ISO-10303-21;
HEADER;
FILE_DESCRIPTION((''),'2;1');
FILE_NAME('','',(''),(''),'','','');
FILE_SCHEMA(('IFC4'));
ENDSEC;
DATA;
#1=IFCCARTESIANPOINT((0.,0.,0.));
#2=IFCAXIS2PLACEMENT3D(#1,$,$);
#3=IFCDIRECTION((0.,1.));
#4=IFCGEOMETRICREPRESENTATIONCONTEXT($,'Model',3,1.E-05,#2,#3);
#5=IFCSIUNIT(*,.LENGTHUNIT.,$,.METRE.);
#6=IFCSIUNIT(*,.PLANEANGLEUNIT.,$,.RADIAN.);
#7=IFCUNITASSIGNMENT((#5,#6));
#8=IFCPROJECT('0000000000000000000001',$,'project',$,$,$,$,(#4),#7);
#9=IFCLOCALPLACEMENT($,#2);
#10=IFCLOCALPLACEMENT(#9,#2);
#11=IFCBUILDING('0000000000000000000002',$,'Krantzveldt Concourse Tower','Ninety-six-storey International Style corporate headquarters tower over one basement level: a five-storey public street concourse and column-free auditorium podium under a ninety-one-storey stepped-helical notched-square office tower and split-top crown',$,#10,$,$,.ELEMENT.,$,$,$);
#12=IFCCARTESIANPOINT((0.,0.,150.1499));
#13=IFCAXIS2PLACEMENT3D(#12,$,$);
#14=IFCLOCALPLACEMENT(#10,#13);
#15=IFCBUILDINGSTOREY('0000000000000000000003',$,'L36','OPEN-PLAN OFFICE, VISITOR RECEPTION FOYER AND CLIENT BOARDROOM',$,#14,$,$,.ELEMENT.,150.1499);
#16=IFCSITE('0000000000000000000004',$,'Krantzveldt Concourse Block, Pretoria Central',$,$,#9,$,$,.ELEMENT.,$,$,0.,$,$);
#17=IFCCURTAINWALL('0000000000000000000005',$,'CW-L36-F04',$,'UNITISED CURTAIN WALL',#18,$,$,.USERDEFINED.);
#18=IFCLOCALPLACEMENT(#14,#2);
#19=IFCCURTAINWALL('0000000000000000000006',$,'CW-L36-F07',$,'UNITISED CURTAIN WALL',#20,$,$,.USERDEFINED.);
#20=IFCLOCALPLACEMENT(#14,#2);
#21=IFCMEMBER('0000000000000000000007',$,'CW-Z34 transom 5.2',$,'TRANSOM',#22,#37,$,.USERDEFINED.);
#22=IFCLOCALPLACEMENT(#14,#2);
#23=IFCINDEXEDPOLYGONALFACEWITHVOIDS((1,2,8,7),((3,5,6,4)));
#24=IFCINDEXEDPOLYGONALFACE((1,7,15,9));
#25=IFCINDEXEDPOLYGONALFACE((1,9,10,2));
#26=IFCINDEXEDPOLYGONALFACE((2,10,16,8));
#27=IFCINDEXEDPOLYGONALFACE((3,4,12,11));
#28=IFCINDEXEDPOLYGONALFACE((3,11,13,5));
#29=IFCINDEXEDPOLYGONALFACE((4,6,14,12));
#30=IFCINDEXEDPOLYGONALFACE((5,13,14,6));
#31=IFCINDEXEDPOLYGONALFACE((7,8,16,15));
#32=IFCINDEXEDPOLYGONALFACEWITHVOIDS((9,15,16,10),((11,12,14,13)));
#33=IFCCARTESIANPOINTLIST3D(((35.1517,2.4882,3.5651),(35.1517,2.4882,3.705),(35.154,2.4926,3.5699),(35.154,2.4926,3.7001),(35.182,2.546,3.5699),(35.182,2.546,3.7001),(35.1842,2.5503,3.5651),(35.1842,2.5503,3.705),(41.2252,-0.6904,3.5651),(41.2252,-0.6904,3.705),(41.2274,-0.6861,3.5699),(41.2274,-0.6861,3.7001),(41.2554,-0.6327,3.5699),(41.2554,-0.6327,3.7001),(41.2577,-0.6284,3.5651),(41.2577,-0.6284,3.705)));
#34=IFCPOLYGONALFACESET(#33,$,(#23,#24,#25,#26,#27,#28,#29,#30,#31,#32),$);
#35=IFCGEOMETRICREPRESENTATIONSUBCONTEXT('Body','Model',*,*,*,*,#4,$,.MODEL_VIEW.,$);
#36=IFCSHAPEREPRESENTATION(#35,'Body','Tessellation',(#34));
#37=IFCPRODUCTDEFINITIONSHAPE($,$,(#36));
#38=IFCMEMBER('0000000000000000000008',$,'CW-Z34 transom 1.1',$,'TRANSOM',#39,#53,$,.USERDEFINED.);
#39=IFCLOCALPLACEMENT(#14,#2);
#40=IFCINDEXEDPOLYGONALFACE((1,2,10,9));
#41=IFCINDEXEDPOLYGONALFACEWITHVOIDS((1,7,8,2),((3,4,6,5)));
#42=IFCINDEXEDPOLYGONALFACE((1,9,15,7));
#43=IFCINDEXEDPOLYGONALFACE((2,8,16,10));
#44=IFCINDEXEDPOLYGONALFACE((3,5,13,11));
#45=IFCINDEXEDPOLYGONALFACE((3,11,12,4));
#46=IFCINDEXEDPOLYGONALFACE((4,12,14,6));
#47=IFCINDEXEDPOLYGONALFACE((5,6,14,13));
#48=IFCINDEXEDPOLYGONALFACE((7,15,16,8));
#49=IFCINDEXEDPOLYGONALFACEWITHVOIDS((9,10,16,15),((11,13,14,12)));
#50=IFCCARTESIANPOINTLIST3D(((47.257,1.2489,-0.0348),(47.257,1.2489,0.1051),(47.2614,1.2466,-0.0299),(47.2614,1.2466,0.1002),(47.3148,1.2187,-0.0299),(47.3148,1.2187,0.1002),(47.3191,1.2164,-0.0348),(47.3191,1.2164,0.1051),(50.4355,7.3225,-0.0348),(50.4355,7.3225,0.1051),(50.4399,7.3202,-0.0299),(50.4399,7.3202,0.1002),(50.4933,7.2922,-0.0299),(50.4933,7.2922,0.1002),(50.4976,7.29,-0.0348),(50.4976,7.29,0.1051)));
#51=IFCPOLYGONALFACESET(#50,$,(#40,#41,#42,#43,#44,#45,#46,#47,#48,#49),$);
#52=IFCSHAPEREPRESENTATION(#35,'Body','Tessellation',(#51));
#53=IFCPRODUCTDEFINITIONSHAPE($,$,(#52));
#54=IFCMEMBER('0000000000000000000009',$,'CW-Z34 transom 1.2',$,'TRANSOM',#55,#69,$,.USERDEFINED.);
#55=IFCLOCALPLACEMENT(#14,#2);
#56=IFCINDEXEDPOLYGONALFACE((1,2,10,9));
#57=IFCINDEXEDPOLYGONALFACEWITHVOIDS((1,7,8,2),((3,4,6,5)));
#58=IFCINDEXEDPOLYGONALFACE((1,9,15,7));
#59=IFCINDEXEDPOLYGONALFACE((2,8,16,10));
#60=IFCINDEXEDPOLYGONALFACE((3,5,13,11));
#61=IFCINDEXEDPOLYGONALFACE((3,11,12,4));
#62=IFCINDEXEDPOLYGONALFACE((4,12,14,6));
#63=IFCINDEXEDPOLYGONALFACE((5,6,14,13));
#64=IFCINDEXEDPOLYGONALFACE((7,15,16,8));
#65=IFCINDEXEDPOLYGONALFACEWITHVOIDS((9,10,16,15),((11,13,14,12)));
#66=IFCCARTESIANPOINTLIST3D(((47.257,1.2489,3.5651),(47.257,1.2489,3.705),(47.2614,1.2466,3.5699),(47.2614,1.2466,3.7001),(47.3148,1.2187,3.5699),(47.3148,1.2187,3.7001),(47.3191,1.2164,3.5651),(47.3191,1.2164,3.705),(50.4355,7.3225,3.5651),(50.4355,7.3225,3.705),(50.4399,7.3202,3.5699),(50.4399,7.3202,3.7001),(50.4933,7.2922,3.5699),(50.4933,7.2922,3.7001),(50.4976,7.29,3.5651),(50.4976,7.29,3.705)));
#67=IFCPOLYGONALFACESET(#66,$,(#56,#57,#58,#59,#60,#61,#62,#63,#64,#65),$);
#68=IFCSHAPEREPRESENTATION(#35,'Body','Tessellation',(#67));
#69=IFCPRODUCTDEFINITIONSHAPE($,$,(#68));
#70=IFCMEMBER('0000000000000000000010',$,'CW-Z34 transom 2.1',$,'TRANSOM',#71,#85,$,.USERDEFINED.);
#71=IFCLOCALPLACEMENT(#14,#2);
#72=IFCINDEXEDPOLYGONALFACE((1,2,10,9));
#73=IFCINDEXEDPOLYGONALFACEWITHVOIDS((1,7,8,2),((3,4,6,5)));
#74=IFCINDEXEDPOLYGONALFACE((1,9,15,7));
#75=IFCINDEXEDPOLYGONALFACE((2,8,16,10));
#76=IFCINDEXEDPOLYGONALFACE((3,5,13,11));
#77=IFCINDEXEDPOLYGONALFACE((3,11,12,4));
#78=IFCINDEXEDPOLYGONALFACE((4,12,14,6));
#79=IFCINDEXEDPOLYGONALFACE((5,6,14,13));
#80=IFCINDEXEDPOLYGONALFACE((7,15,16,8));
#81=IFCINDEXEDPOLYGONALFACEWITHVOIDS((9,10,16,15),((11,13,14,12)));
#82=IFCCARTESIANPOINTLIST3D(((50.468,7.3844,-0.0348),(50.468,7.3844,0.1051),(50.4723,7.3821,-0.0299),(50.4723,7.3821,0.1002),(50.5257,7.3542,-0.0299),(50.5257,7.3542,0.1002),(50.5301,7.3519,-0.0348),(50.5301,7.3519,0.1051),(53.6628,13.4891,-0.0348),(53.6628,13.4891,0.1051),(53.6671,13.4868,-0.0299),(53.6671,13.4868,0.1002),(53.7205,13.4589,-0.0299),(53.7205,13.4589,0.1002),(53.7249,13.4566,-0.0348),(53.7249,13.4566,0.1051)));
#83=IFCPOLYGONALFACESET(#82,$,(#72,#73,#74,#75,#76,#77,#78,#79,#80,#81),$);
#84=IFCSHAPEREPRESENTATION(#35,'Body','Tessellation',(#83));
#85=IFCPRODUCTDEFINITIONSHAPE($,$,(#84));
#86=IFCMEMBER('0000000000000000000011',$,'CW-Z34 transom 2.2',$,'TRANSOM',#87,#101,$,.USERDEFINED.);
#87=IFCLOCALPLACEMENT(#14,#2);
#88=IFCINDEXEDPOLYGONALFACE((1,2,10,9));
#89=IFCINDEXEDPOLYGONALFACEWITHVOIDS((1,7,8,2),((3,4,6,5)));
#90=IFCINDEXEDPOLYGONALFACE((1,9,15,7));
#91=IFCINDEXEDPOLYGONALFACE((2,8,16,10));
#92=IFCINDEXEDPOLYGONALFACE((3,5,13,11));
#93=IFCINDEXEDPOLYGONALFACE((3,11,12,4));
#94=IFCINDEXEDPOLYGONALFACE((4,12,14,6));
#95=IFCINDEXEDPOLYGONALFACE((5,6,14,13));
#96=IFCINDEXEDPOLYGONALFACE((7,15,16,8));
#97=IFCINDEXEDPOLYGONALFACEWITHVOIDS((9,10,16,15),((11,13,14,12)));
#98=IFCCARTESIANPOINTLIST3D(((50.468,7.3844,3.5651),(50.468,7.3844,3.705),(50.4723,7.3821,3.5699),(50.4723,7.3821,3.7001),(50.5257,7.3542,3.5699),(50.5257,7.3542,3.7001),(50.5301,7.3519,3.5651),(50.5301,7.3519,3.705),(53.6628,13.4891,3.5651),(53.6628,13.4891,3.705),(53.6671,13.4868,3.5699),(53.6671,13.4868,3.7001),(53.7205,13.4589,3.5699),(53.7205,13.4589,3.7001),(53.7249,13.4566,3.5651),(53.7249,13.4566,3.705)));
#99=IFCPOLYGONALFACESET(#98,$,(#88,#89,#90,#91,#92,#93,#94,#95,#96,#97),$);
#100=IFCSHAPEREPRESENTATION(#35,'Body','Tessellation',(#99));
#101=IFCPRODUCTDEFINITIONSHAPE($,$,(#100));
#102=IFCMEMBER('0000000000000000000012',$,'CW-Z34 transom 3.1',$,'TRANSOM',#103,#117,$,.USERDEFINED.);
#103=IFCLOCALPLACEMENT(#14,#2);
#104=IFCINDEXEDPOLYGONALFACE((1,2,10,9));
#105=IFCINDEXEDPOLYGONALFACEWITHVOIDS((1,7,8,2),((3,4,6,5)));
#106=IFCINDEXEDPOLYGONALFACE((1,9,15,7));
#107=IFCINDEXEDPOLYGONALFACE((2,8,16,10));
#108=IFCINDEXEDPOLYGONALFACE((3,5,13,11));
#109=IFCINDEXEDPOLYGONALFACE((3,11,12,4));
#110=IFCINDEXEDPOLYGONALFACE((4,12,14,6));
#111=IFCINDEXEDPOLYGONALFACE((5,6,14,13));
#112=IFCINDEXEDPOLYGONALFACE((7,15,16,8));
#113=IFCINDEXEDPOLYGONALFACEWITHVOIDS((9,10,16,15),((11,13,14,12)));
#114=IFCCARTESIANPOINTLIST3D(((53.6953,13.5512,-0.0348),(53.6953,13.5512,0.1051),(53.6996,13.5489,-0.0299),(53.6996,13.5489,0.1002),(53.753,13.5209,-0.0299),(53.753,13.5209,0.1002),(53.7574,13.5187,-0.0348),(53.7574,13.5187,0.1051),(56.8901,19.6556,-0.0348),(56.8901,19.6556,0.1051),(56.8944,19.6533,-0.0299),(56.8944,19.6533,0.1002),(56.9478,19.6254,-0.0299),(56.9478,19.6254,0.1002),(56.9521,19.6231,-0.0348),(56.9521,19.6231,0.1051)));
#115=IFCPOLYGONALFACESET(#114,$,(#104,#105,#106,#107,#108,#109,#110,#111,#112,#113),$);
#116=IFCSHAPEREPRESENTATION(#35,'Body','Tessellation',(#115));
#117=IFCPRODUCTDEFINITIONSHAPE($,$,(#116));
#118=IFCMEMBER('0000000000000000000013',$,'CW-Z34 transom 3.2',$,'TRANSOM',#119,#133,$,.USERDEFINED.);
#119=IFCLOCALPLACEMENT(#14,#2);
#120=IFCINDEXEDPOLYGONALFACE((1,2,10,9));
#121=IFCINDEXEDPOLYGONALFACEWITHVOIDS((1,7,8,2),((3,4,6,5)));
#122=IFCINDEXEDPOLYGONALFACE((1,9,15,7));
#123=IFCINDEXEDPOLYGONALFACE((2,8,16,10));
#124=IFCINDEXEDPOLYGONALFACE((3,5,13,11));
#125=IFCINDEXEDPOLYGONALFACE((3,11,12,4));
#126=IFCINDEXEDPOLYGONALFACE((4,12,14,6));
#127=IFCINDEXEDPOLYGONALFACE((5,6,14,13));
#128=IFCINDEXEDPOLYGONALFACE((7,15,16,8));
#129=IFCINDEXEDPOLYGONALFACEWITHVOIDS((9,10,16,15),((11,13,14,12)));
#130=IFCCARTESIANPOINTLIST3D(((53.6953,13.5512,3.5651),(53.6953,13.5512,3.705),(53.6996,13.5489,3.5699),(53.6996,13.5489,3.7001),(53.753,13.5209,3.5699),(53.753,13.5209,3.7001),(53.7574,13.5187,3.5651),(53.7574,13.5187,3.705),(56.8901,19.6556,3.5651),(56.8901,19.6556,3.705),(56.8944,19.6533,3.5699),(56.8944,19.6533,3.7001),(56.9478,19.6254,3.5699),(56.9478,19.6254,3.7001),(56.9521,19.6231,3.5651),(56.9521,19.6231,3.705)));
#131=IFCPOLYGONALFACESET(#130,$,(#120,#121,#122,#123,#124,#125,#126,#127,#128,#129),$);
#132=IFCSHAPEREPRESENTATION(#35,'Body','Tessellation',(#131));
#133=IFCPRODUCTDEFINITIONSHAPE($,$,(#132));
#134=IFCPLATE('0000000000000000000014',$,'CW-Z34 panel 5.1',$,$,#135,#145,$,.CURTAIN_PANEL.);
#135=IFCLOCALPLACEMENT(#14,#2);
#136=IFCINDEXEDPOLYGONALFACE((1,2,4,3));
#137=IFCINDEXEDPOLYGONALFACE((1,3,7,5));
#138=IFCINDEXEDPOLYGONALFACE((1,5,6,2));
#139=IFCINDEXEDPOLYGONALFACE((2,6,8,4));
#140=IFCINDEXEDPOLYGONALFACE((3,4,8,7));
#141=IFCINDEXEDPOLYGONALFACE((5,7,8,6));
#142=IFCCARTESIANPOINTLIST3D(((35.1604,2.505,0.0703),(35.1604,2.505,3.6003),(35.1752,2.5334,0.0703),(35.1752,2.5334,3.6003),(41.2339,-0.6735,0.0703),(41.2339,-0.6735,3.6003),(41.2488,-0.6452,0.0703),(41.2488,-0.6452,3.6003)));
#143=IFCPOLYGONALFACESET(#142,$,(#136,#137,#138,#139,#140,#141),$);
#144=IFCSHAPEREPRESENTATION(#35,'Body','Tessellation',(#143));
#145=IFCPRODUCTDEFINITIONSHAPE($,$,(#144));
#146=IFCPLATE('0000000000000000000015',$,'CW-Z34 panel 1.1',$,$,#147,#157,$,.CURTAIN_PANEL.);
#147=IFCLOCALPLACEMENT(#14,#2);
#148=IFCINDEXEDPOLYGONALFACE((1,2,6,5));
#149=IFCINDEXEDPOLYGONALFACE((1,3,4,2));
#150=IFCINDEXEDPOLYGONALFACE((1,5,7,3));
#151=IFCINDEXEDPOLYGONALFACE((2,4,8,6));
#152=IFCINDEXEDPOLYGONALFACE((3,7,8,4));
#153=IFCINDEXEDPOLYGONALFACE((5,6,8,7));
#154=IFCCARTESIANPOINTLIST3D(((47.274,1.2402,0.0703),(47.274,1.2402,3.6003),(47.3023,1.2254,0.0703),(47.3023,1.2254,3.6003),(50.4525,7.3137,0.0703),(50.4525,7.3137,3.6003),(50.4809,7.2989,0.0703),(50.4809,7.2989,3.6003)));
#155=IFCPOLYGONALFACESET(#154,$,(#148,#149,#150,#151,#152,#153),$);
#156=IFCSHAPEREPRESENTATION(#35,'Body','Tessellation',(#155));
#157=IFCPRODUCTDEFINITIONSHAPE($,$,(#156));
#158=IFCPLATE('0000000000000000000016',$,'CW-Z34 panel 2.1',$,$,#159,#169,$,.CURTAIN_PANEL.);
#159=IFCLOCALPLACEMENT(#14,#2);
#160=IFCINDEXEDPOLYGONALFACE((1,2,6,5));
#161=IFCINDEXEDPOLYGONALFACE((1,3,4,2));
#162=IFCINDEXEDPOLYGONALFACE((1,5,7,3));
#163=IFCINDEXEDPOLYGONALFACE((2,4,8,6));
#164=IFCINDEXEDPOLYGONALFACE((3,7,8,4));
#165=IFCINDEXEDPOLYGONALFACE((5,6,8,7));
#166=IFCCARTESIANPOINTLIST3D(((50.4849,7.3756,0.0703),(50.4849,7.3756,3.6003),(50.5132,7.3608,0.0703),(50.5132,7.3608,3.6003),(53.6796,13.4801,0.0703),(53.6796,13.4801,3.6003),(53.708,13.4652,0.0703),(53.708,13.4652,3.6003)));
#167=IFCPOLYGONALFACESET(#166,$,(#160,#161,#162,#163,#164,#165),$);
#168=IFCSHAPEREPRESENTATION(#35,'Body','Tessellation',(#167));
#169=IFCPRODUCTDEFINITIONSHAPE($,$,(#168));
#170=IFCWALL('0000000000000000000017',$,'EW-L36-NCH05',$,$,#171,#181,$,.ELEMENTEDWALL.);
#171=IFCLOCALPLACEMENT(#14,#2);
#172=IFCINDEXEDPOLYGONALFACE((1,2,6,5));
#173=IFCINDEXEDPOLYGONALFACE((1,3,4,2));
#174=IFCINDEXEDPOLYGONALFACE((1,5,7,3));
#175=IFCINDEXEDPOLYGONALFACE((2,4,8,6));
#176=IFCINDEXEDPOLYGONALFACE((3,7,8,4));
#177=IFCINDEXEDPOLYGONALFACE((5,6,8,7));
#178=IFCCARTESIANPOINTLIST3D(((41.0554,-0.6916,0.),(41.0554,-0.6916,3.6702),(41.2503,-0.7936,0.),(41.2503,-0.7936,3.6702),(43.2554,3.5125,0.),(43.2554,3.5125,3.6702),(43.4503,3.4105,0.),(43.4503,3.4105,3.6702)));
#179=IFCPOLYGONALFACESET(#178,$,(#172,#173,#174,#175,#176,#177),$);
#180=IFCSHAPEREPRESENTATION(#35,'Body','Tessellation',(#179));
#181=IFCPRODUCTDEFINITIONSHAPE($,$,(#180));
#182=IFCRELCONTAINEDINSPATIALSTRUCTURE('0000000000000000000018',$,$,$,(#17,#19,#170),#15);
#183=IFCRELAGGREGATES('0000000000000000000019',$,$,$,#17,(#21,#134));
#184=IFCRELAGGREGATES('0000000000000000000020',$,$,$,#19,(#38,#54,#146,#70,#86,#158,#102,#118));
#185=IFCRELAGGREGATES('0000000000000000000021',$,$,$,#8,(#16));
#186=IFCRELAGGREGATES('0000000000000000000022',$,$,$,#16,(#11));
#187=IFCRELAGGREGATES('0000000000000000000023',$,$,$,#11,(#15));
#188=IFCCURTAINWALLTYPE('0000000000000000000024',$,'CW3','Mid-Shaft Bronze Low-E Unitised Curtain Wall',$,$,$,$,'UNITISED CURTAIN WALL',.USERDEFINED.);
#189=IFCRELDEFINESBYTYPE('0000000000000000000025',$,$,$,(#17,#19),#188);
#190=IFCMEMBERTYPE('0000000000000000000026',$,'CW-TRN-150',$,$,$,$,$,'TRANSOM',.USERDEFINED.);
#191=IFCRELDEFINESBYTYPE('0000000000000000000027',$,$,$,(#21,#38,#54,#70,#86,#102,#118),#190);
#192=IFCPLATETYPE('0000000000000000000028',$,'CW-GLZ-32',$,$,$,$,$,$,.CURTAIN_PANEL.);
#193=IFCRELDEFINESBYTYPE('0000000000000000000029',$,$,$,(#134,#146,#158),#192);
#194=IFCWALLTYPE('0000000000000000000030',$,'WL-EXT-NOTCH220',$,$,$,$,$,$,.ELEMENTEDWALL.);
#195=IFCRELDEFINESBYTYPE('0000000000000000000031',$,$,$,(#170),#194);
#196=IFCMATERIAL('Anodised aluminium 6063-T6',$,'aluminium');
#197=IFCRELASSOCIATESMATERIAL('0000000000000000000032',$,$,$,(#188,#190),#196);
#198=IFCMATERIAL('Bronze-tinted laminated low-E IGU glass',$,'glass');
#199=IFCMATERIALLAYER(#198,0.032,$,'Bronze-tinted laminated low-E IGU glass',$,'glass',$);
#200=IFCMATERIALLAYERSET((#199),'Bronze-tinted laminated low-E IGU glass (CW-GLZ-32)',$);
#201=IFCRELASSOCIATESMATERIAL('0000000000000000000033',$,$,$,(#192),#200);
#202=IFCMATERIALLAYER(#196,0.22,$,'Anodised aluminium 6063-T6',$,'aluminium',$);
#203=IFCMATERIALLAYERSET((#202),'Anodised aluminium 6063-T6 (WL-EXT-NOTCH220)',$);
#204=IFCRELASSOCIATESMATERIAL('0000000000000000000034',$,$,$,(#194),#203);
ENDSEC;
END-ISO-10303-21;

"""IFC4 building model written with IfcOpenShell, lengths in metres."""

from ifc_helpers import new_model, si_unit, direction, frame, frame_2d, origin, origin_2d, place, context, subcontext, project, spatial, rectangle, hollow_rectangle, extrude, source, transform, mapped, material, layer, layer_set, material_profile, profile_set, type_object, type_shapes, element, aggregate, save


model = new_model("IFC4")

# Units and contexts
model_context = context("Model", 3, precision=1e-05, world=origin(), true_north=direction((0.0, 1.0)))
body_context = subcontext(model_context, "Body", "Model", "MODEL_VIEW")
ifc_project = project(units=[si_unit("LENGTHUNIT", "METRE"), si_unit("PLANEANGLEUNIT", "RADIAN")], contexts=[model_context])

# Site, building, storey
site_placement = place(None, origin())
site = spatial("IfcSite", under=ifc_project, at=site_placement, Name="Krantzveldt Concourse Block, Pretoria Central", CompositionType="ELEMENT", RefElevation=0.0)
building_placement = place(site_placement, origin())
building = spatial("IfcBuilding", under=site, at=building_placement, Name="Krantzveldt Concourse Tower", Description="Ninety-six-storey International Style corporate headquarters tower over one basement level: a five-storey public street concourse and column-free auditorium podium under a ninety-one-storey stepped-helical notched-square office tower and split-top crown", CompositionType="ELEMENT")
storey_placement = place(building_placement, frame((0.0, 0.0, 150.1499)))
storey = spatial("IfcBuildingStorey", under=building, at=storey_placement, Name="L36", Description="OPEN-PLAN OFFICE, VISITOR RECEPTION FOYER AND CLIENT BOARDROOM", CompositionType="ELEMENT", Elevation=150.1499)

# Curtain wall
ifc_material_1 = material(Name="Anodised aluminium 6063-T6", Category="aluminium")
curtain_wall_type = type_object("IfcCurtainWallType", Name="CW3", Description="Mid-Shaft Bronze Low-E Unitised Curtain Wall", ElementType="UNITISED CURTAIN WALL", PredefinedType="USERDEFINED", material=ifc_material_1)
curtain_wall_1_placement = place(storey_placement, origin())
curtain_wall_1 = element("IfcCurtainWall", 1, at=curtain_wall_1_placement, inside=storey, type_object=curtain_wall_type, Name="CW-L36-F04", ObjectType="UNITISED CURTAIN WALL", PredefinedType="USERDEFINED")

# Curtain wall
curtain_wall_2_placement = place(storey_placement, origin())
curtain_wall_2 = element("IfcCurtainWall", 2, at=curtain_wall_2_placement, inside=storey, type_object=curtain_wall_type, Name="CW-L36-F07", ObjectType="UNITISED CURTAIN WALL", PredefinedType="USERDEFINED")

# Members
ifc_material_profile_1 = material_profile(ifc_material_1, hollow_rectangle(XDim=0.0701, YDim=0.1399, WallThickness=0.0049, at=origin_2d()), Name="Anodised aluminium 6063-T6", Category="aluminium")
ifc_profile_set_1 = profile_set([ifc_material_profile_1], Name="Anodised aluminium 6063-T6 - ALU-TRAN 140x70x5")
member_type_1 = type_object("IfcMemberType", Name="CW-TRN-150", ElementType="TRANSOM", PredefinedType="USERDEFINED", material=ifc_profile_set_1)
shared_shape_1 = source(origin(), body_context, "Body", "SweptSolid", [
    extrude(hollow_rectangle(XDim=0.0701, YDim=0.1399, WallThickness=0.0049, at=origin_2d()), origin(), (0.0, 0.0, 1.0), 6.855),
])
member_1_placement = place(storey_placement, frame((35.168, 2.5193, 3.635), z_axis=(0.88599, -0.463705, 0.0), x_axis=(0.463705, 0.88599, 0.0)))
member_1 = element("IfcMember", 3, at=member_1_placement, type_object=member_type_1, Name="CW-Z34 transom 5.2", ObjectType="TRANSOM", PredefinedType="USERDEFINED", context=body_context, shape_type="MappedRepresentation", body=[
    mapped(shared_shape_1, transform((0.0, 0.0, 0.0), x_axis=(1.0, 0.0, 0.0), y_axis=(0.0, 1.0, 0.0), z_axis=(0.0, 0.0, 1.0), scale=1.0)),
])
member_2_placement = place(storey_placement, frame((47.2881, 1.2327, 0.0352), z_axis=(0.463677, 0.886004, 0.0), x_axis=(-0.886004, 0.463677, 0.0)))
member_2 = element("IfcMember", 4, at=member_2_placement, type_object=member_type_1, Name="CW-Z34 transom 1.1", ObjectType="TRANSOM", PredefinedType="USERDEFINED", context=body_context, shape_type="MappedRepresentation", body=[
    mapped(shared_shape_1, transform((0.0, 0.0, 0.0), x_axis=(1.0, 0.0, 0.0), y_axis=(0.0, 1.0, 0.0), z_axis=(0.0, 0.0, 1.0), scale=1.0)),
])
member_3_placement = place(storey_placement, frame((47.2881, 1.2327, 3.635), z_axis=(0.463677, 0.886004, 0.0), x_axis=(-0.886004, 0.463677, 0.0)))
member_3 = element("IfcMember", 5, at=member_3_placement, type_object=member_type_1, Name="CW-Z34 transom 1.2", ObjectType="TRANSOM", PredefinedType="USERDEFINED", context=body_context, shape_type="MappedRepresentation", body=[
    mapped(shared_shape_1, transform((0.0, 0.0, 0.0), x_axis=(1.0, 0.0, 0.0), y_axis=(0.0, 1.0, 0.0), z_axis=(0.0, 0.0, 1.0), scale=1.0)),
])
shared_shape_2 = source(origin(), body_context, "Body", "SweptSolid", [
    extrude(hollow_rectangle(XDim=0.0701, YDim=0.1399, WallThickness=0.0049, at=origin_2d()), origin(), (0.0, 0.0, 1.0), 6.8901),
])
member_4_placement = place(storey_placement, frame((50.499, 7.3682, 0.0352), z_axis=(0.463677, 0.886004, 0.0), x_axis=(-0.886004, 0.463677, 0.0)))
member_4 = element("IfcMember", 6, at=member_4_placement, type_object=member_type_1, Name="CW-Z34 transom 2.1", ObjectType="TRANSOM", PredefinedType="USERDEFINED", context=body_context, shape_type="MappedRepresentation", body=[
    mapped(shared_shape_2, transform((0.0, 0.0, 0.0), x_axis=(1.0, 0.0, 0.0), y_axis=(0.0, 1.0, 0.0), z_axis=(0.0, 0.0, 1.0), scale=1.0)),
])
member_5_placement = place(storey_placement, frame((50.499, 7.3682, 3.635), z_axis=(0.463677, 0.886004, 0.0), x_axis=(-0.886004, 0.463677, 0.0)))
member_5 = element("IfcMember", 7, at=member_5_placement, type_object=member_type_1, Name="CW-Z34 transom 2.2", ObjectType="TRANSOM", PredefinedType="USERDEFINED", context=body_context, shape_type="MappedRepresentation", body=[
    mapped(shared_shape_2, transform((0.0, 0.0, 0.0), x_axis=(1.0, 0.0, 0.0), y_axis=(0.0, 1.0, 0.0), z_axis=(0.0, 0.0, 1.0), scale=1.0)),
])
shared_shape_3 = source(origin(), body_context, "Body", "SweptSolid", [
    extrude(hollow_rectangle(XDim=0.0701, YDim=0.1399, WallThickness=0.0049, at=origin_2d()), origin(), (0.0, 0.0, 1.0), 6.8899),
])
type_shapes(member_type_1, [shared_shape_1, shared_shape_2, shared_shape_3])
member_6_placement = place(storey_placement, frame((53.7263, 13.5349, 0.0352), z_axis=(0.463692, 0.885997, 0.0), x_axis=(-0.885997, 0.463692, 0.0)))
member_6 = element("IfcMember", 8, at=member_6_placement, type_object=member_type_1, Name="CW-Z34 transom 3.1", ObjectType="TRANSOM", PredefinedType="USERDEFINED", context=body_context, shape_type="MappedRepresentation", body=[
    mapped(shared_shape_3, transform((0.0, 0.0, 0.0), x_axis=(1.0, 0.0, 0.0), y_axis=(0.0, 1.0, 0.0), z_axis=(0.0, 0.0, 1.0), scale=1.0)),
])
member_7_placement = place(storey_placement, frame((53.7263, 13.5349, 3.635), z_axis=(0.463692, 0.885997, 0.0), x_axis=(-0.885997, 0.463692, 0.0)))
member_7 = element("IfcMember", 9, at=member_7_placement, type_object=member_type_1, Name="CW-Z34 transom 3.2", ObjectType="TRANSOM", PredefinedType="USERDEFINED", context=body_context, shape_type="MappedRepresentation", body=[
    mapped(shared_shape_3, transform((0.0, 0.0, 0.0), x_axis=(1.0, 0.0, 0.0), y_axis=(0.0, 1.0, 0.0), z_axis=(0.0, 0.0, 1.0), scale=1.0)),
])

# Plates
ifc_material_2 = material(Name="Bronze-tinted laminated low-E IGU glass", Category="glass")
ifc_layer_1 = layer(ifc_material_2, 0.032, Name="Bronze-tinted laminated low-E IGU glass", Category="glass")
ifc_layer_set_1 = layer_set([ifc_layer_1], Name="Bronze-tinted laminated low-E IGU glass (CW-GLZ-32)")
plate_type = type_object("IfcPlateType", Name="CW-GLZ-32", PredefinedType="CURTAIN_PANEL", material=ifc_layer_set_1)
shared_shape_4 = source(origin(), body_context, "Body", "SweptSolid", [
    extrude(rectangle(XDim=6.855, YDim=0.032, at=origin_2d()), origin(), (0.0, 0.0, 1.0), 3.53),
])
plate_1_placement = place(storey_placement, frame((38.2046, 0.9299, 0.0703), z_axis=(0.0, 0.0, 1.0), x_axis=(0.886001, -0.463683, 0.0)))
plate_1 = element("IfcPlate", 10, at=plate_1_placement, type_object=plate_type, Name="CW-Z34 panel 5.1", PredefinedType="CURTAIN_PANEL", context=body_context, shape_type="MappedRepresentation", body=[
    mapped(shared_shape_4, transform((0.0, 0.0, 0.0), x_axis=(1.0, 0.0, 0.0), y_axis=(0.0, 1.0, 0.0), z_axis=(0.0, 0.0, 1.0), scale=1.0)),
])
aggregate(curtain_wall_1, [member_1, plate_1])
plate_2_placement = place(storey_placement, frame((48.8774, 4.2695, 0.0703), z_axis=(0.0, 0.0, 1.0), x_axis=(0.463683, 0.886001, 0.0)))
plate_2 = element("IfcPlate", 11, at=plate_2_placement, type_object=plate_type, Name="CW-Z34 panel 1.1", PredefinedType="CURTAIN_PANEL", context=body_context, shape_type="MappedRepresentation", body=[
    mapped(shared_shape_4, transform((0.0, 0.0, 0.0), x_axis=(1.0, 0.0, 0.0), y_axis=(0.0, 1.0, 0.0), z_axis=(0.0, 0.0, 1.0), scale=1.0)),
])
shared_shape_5 = source(origin(), body_context, "Body", "SweptSolid", [
    extrude(rectangle(XDim=6.8899, YDim=0.032, at=origin_2d()), origin(), (0.0, 0.0, 1.0), 3.53),
])
type_shapes(plate_type, [shared_shape_4, shared_shape_5])
plate_3_placement = place(storey_placement, frame((52.0964, 10.4204, 0.0703), z_axis=(0.0, 0.0, 1.0), x_axis=(0.463683, 0.886001, 0.0)))
plate_3 = element("IfcPlate", 12, at=plate_3_placement, type_object=plate_type, Name="CW-Z34 panel 2.1", PredefinedType="CURTAIN_PANEL", context=body_context, shape_type="MappedRepresentation", body=[
    mapped(shared_shape_5, transform((0.0, 0.0, 0.0), x_axis=(1.0, 0.0, 0.0), y_axis=(0.0, 1.0, 0.0), z_axis=(0.0, 0.0, 1.0), scale=1.0)),
])
aggregate(curtain_wall_2, [member_2, member_3, plate_2, member_4, member_5, plate_3, member_6, member_7])

# Wall
ifc_layer_2 = layer(ifc_material_1, 0.22, Name="Anodised aluminium 6063-T6", Category="aluminium")
ifc_layer_set_2 = layer_set([ifc_layer_2], Name="Anodised aluminium 6063-T6 (WL-EXT-NOTCH220)")
wall_type_1 = type_object("IfcWallType", Name="WL-EXT-NOTCH220", PredefinedType="ELEMENTEDWALL", material=ifc_layer_set_2)
wall_1_placement = place(storey_placement, frame((41.1528, -0.7427, 0.0), z_axis=(0.0, 0.0, 1.0), x_axis=(0.463644, 0.886022, 0.0)))
element("IfcWall", 13, at=wall_1_placement, inside=storey, type_object=wall_type_1, Name="EW-L36-NCH05", PredefinedType="ELEMENTEDWALL", context=body_context, shape_type="SweptSolid", body=[
    extrude(rectangle(XDim=4.7449, YDim=0.22, at=frame_2d((2.3726, 0.0))), origin(), (0.0, 0.0, 1.0), 3.6702),
])

save(model, "model.ifc")
